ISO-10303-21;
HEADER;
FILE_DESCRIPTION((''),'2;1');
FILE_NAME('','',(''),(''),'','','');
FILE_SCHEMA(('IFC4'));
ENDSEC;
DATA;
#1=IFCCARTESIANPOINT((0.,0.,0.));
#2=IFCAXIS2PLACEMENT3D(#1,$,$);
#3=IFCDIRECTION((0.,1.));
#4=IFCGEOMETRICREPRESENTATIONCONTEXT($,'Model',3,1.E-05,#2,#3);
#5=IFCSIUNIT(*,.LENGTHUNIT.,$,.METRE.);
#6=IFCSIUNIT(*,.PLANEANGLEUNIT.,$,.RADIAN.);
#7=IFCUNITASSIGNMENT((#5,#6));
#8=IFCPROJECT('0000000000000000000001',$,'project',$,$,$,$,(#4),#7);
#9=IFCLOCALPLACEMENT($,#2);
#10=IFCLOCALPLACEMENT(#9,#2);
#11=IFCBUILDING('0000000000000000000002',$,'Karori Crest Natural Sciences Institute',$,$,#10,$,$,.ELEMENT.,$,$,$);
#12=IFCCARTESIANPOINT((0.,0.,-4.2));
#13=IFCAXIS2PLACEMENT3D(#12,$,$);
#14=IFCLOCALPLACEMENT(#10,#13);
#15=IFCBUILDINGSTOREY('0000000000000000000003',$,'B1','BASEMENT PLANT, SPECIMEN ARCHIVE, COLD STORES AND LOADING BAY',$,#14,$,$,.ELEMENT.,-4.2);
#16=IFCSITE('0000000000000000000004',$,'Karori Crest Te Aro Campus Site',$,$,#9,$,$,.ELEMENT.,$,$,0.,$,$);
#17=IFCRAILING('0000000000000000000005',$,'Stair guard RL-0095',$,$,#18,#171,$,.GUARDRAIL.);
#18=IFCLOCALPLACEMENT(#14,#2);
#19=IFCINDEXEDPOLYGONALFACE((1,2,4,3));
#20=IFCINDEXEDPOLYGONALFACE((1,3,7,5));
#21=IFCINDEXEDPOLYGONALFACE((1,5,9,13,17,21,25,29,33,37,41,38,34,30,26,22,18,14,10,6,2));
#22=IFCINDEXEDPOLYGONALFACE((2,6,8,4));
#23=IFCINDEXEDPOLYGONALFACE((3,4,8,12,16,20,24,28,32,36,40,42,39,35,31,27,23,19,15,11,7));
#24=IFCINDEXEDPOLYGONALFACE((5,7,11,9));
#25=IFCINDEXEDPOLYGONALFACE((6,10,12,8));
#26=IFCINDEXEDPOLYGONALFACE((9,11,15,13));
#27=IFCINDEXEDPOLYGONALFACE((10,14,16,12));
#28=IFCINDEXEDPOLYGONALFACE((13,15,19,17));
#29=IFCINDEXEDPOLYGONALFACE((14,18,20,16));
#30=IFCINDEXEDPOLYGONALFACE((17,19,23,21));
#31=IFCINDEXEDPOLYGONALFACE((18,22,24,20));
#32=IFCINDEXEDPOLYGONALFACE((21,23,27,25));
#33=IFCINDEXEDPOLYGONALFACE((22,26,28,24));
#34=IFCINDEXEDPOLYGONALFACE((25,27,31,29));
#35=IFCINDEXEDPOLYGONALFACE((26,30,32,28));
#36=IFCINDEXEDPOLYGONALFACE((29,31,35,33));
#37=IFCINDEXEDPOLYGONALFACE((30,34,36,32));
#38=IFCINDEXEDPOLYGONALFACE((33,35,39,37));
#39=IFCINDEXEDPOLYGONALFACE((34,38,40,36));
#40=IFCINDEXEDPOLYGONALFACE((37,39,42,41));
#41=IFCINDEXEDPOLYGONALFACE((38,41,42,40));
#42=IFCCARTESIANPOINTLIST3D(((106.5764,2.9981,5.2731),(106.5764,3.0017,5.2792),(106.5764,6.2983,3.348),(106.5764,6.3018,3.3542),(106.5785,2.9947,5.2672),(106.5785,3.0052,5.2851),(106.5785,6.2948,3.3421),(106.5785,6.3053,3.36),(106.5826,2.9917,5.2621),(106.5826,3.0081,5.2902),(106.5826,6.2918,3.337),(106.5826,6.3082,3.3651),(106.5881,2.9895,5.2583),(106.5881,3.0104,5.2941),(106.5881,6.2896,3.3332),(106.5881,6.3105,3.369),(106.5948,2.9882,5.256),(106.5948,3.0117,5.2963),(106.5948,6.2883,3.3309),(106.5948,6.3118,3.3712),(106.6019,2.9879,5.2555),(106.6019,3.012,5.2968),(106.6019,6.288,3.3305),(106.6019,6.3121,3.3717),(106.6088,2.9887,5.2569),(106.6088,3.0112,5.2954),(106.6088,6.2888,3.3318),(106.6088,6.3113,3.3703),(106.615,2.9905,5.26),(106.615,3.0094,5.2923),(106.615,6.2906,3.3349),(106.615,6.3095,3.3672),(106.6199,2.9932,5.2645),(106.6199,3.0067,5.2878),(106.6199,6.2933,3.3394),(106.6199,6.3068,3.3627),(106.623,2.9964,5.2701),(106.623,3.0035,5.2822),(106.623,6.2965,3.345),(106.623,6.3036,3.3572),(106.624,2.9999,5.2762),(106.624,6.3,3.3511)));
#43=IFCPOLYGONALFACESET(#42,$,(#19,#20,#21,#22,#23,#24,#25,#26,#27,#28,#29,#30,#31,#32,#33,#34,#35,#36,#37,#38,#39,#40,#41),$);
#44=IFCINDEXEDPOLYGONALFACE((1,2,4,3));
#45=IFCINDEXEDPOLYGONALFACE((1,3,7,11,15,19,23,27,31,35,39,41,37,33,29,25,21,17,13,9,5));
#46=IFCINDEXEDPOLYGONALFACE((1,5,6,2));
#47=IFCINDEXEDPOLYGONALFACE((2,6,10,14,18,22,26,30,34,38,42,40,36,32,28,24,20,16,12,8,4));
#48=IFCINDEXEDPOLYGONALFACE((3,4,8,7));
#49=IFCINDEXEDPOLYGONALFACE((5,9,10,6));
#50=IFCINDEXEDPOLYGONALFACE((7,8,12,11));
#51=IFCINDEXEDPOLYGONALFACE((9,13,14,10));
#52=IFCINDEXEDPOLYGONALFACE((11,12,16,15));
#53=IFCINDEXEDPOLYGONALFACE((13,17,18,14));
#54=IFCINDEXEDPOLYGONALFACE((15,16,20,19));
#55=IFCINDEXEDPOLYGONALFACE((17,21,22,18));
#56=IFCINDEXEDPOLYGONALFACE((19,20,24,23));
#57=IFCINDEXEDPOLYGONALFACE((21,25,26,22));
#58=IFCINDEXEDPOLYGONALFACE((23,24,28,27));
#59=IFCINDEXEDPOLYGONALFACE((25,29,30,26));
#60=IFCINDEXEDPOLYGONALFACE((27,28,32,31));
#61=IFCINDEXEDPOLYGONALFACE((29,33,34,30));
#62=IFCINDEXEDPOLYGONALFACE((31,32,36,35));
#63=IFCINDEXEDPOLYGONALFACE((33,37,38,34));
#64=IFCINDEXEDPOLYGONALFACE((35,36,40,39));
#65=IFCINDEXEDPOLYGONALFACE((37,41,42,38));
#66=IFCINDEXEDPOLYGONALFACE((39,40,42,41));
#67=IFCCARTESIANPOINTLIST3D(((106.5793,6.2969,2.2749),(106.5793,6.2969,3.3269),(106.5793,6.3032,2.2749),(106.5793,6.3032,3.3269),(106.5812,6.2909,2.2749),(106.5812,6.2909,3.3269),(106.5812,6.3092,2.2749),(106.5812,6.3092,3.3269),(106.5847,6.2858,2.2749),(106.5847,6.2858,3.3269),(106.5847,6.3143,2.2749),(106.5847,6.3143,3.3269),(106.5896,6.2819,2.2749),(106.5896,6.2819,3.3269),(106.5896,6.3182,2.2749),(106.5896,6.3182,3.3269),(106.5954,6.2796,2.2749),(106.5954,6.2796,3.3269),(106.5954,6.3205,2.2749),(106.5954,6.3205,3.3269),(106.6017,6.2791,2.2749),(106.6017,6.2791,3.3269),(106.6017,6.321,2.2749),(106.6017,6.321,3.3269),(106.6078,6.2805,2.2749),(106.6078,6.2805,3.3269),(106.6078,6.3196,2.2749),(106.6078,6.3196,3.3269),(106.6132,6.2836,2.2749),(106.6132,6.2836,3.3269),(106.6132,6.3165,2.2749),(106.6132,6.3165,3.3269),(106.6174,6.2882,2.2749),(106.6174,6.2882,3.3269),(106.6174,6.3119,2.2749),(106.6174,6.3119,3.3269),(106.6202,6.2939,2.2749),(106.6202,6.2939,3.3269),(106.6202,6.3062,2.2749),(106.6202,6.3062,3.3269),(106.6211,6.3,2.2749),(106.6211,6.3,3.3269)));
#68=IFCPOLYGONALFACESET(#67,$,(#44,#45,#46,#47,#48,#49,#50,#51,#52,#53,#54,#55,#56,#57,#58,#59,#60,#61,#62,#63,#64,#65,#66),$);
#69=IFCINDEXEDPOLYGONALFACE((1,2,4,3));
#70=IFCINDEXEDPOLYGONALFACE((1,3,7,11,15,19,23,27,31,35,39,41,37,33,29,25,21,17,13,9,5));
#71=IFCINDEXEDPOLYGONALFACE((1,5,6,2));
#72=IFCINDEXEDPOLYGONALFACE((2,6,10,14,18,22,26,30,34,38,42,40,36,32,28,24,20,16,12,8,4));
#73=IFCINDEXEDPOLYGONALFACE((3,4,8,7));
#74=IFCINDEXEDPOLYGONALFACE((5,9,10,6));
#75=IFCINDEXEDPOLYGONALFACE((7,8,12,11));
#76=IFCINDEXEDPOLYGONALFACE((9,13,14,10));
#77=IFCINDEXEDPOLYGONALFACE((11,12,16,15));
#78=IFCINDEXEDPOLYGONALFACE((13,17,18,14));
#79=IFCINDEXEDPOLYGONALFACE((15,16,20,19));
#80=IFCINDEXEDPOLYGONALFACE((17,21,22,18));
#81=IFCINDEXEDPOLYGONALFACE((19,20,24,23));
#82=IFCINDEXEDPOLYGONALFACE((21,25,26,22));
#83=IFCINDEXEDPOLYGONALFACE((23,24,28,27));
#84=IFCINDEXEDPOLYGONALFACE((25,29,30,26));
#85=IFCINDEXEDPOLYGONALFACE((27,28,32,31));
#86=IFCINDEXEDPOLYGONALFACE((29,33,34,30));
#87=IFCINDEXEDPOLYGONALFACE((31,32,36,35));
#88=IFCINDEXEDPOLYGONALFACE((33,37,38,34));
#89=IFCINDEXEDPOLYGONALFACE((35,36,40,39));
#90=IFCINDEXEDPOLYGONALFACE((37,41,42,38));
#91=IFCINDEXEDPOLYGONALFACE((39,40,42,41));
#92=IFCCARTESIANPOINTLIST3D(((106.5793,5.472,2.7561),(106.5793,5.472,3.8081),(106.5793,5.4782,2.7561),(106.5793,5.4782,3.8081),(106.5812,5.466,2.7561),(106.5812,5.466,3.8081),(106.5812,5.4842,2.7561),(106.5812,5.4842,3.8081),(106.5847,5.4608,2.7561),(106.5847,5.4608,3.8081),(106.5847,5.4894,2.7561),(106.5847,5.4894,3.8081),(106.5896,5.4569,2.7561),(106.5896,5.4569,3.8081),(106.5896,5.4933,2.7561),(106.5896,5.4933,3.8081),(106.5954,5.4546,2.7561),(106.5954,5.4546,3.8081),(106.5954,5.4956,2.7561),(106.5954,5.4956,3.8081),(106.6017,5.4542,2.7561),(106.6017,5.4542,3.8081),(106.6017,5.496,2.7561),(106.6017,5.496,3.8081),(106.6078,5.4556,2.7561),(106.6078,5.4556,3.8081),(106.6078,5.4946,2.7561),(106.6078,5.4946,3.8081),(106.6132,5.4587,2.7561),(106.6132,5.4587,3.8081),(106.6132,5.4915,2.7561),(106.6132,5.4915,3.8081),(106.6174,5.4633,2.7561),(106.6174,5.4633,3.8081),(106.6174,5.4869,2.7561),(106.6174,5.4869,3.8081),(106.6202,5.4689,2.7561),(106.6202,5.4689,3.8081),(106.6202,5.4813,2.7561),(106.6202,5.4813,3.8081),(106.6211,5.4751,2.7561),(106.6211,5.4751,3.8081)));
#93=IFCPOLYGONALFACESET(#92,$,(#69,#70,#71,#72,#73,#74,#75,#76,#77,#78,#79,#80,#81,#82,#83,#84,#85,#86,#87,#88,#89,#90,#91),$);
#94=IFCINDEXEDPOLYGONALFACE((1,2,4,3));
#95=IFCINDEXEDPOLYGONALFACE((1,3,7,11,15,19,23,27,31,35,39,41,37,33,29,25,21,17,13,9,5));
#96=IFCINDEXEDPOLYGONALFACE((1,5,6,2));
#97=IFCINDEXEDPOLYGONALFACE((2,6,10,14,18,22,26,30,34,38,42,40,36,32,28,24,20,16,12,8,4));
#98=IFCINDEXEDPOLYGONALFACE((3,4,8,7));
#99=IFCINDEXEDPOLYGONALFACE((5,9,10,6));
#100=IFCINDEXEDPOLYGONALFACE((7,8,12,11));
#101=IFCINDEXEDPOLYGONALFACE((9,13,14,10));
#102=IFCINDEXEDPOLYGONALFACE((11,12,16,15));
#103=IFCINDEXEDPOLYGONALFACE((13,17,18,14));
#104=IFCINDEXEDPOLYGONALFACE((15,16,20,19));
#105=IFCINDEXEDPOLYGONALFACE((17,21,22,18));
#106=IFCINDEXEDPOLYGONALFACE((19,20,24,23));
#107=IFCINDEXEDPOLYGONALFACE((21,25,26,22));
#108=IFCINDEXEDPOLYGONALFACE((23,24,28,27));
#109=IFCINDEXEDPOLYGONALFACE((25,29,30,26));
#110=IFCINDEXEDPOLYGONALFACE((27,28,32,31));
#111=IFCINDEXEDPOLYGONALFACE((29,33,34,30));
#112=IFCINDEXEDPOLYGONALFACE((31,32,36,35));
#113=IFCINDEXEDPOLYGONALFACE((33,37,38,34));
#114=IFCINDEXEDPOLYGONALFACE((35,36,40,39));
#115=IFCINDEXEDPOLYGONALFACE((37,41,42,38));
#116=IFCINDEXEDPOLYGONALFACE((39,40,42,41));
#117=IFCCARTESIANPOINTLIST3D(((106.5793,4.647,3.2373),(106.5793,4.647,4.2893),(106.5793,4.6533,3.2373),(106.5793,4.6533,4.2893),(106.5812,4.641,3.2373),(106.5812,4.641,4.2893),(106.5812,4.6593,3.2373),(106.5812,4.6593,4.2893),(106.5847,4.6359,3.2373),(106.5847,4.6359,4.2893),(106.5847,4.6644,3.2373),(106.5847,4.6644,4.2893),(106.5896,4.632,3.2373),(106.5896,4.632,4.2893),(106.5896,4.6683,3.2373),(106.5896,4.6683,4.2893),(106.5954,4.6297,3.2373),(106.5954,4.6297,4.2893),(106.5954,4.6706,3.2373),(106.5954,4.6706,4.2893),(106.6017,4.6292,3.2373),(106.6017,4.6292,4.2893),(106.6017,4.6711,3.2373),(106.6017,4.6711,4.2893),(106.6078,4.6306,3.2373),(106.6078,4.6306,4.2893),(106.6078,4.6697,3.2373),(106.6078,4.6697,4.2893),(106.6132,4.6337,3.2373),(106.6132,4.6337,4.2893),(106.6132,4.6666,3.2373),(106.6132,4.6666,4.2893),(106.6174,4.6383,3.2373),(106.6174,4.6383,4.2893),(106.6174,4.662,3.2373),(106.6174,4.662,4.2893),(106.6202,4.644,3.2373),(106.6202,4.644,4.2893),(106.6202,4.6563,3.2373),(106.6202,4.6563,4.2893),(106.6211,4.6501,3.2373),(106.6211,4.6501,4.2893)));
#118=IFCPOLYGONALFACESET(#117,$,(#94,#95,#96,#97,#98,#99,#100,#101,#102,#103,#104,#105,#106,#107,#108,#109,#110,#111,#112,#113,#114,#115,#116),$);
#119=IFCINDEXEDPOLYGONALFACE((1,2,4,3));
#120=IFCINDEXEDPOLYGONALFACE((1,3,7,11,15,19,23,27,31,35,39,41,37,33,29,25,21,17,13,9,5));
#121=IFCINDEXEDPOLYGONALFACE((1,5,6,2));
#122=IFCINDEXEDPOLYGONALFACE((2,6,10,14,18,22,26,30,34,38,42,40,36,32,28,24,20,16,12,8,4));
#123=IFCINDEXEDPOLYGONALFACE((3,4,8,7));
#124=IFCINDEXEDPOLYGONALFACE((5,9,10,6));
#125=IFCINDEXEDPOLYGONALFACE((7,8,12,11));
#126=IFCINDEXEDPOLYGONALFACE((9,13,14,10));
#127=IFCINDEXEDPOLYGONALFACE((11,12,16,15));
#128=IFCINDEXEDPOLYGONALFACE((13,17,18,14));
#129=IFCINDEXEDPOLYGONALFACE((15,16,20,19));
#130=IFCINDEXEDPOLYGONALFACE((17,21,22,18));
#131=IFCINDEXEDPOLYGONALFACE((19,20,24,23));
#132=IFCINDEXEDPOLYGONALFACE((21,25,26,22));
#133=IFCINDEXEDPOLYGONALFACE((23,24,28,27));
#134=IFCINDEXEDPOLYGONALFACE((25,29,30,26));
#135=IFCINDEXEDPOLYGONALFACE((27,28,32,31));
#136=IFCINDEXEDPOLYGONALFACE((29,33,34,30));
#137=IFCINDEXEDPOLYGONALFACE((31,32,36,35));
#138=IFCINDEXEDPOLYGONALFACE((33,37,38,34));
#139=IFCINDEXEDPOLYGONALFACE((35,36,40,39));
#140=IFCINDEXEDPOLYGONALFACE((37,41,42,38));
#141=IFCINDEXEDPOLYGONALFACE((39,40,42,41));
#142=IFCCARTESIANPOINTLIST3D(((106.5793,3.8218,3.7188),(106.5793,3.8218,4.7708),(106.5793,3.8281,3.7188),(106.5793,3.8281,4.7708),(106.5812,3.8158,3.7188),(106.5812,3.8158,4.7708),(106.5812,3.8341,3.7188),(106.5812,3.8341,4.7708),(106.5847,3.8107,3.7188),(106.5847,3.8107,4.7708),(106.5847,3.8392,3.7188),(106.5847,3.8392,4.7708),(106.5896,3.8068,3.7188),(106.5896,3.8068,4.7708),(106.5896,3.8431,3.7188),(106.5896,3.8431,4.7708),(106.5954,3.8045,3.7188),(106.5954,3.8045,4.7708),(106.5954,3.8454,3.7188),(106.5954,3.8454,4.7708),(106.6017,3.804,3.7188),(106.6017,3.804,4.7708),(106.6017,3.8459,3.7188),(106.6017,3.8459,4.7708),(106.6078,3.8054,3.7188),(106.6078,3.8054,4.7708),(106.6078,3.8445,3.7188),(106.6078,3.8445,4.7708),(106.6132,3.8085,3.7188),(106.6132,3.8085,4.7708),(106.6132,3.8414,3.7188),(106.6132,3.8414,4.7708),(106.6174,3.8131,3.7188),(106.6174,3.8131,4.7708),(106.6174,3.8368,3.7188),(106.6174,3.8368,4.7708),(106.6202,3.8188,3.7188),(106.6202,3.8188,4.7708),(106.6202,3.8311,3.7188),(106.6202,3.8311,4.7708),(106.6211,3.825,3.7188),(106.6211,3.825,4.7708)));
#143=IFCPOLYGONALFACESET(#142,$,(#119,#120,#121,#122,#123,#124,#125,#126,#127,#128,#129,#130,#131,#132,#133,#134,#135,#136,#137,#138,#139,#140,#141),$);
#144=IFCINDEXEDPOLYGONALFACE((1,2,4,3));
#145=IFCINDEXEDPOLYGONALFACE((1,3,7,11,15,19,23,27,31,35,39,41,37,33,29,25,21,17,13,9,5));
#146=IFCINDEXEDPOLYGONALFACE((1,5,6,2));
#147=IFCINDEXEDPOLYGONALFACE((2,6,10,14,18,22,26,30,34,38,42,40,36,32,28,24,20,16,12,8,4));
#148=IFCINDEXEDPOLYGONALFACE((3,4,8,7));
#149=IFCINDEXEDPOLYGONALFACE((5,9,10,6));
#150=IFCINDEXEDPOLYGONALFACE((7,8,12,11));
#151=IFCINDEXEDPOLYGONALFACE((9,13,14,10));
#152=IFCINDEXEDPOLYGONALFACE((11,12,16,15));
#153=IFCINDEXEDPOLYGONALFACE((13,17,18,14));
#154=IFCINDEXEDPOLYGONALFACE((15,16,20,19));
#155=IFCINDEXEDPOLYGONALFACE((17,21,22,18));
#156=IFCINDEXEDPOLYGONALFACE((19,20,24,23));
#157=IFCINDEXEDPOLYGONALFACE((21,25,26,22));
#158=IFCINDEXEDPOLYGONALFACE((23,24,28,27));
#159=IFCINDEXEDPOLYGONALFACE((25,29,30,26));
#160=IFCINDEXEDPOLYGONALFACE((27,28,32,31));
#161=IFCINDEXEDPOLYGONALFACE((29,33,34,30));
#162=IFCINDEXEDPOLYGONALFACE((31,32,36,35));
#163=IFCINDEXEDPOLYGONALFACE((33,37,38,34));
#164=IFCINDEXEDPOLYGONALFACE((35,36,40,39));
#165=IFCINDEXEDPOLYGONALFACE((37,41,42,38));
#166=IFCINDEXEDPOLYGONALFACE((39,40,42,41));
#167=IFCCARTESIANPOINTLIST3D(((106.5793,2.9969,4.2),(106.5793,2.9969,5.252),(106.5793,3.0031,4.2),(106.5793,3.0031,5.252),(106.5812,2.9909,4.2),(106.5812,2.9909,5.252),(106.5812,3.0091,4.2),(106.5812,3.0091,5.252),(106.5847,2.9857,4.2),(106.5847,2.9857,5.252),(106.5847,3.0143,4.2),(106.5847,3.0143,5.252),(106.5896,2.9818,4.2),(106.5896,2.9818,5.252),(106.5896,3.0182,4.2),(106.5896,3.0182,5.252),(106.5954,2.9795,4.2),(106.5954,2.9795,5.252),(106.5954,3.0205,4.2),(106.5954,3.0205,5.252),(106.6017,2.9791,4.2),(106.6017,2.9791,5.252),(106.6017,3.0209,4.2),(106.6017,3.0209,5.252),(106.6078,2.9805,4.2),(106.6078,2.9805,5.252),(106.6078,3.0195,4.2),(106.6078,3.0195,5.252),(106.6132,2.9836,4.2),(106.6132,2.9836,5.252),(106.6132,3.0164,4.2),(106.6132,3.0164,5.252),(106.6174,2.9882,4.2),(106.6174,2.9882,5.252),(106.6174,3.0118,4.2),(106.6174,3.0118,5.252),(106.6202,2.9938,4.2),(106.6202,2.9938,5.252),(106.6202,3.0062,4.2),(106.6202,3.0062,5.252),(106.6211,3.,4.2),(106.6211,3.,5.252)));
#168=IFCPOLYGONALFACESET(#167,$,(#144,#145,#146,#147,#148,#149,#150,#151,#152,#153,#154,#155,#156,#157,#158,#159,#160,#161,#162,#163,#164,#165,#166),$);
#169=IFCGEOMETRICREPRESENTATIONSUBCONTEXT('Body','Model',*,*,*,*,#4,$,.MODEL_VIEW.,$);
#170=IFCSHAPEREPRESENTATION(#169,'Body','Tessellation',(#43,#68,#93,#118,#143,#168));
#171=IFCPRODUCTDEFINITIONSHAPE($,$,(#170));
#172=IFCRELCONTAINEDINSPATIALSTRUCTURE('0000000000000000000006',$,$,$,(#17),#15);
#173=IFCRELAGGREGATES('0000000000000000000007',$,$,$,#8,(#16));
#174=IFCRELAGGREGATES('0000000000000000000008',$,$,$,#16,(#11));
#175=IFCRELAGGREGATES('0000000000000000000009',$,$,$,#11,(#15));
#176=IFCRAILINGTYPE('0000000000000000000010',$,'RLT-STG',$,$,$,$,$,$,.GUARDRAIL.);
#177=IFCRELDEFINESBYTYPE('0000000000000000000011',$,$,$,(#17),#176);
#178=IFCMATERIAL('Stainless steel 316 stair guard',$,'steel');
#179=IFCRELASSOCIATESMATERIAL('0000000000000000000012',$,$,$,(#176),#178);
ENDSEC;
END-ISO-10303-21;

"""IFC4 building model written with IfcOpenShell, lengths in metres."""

from ifc_helpers import new_model, si_unit, direction, frame, origin, origin_2d, place, context, subcontext, project, spatial, circle, extrude, material, type_object, element, save


model = new_model("IFC4")

# Units and contexts
model_context = context("Model", 3, precision=1e-05, world=origin(), true_north=direction((0.0, 1.0)))
body_context = subcontext(model_context, "Body", "Model", "MODEL_VIEW")
ifc_project = project(units=[si_unit("LENGTHUNIT", "METRE"), si_unit("PLANEANGLEUNIT", "RADIAN")], contexts=[model_context])

# Site, building, storey
site_placement = place(None, origin())
site = spatial("IfcSite", under=ifc_project, at=site_placement, Name="Karori Crest Te Aro Campus Site", CompositionType="ELEMENT", RefElevation=0.0)
building_placement = place(site_placement, origin())
building = spatial("IfcBuilding", under=site, at=building_placement, Name="Karori Crest Natural Sciences Institute", CompositionType="ELEMENT")
storey_placement = place(building_placement, frame((0.0, 0.0, -4.2)))
storey = spatial("IfcBuildingStorey", under=building, at=storey_placement, Name="B1", Description="BASEMENT PLANT, SPECIMEN ARCHIVE, COLD STORES AND LOADING BAY", CompositionType="ELEMENT", Elevation=-4.2)

# Railing
ifc_material_1 = material(Name="Stainless steel 316 stair guard", Category="steel")
railing_type_1 = type_object("IfcRailingType", Name="RLT-STG", PredefinedType="GUARDRAIL", material=ifc_material_1)
railing_1_placement = place(storey_placement, frame((106.6001, 6.3, 2.2749)))
element("IfcRailing", 1, at=railing_1_placement, inside=storey, type_object=railing_type_1, Name="Stair guard RL-0095", PredefinedType="GUARDRAIL", context=body_context, shape_type="SweptSolid", body=[
    extrude(circle(Radius=0.0239, at=origin_2d()), frame((0.0, 0.0, 1.0762), z_axis=(0.0, -0.863777, 0.503875), x_axis=(1.0, 0.0, 0.0)), (0.0, 0.0, 1.0), 3.8206),
    extrude(circle(Radius=0.021, at=origin_2d()), origin(), (0.0, 0.0, 1.0), 1.052),
    extrude(circle(Radius=0.021, at=origin_2d()), frame((0.0, -0.825, 0.4812)), (0.0, 0.0, 1.0), 1.052),
    extrude(circle(Radius=0.021, at=origin_2d()), frame((0.0, -1.6499, 0.9624)), (0.0, 0.0, 1.0), 1.052),
    extrude(circle(Radius=0.021, at=origin_2d()), frame((0.0, -2.4751, 1.4438)), (0.0, 0.0, 1.0), 1.052),
    extrude(circle(Radius=0.021, at=origin_2d()), frame((0.0, -3.3, 1.925)), (0.0, 0.0, 1.0), 1.052),
])

save(model, "model.ifc")
